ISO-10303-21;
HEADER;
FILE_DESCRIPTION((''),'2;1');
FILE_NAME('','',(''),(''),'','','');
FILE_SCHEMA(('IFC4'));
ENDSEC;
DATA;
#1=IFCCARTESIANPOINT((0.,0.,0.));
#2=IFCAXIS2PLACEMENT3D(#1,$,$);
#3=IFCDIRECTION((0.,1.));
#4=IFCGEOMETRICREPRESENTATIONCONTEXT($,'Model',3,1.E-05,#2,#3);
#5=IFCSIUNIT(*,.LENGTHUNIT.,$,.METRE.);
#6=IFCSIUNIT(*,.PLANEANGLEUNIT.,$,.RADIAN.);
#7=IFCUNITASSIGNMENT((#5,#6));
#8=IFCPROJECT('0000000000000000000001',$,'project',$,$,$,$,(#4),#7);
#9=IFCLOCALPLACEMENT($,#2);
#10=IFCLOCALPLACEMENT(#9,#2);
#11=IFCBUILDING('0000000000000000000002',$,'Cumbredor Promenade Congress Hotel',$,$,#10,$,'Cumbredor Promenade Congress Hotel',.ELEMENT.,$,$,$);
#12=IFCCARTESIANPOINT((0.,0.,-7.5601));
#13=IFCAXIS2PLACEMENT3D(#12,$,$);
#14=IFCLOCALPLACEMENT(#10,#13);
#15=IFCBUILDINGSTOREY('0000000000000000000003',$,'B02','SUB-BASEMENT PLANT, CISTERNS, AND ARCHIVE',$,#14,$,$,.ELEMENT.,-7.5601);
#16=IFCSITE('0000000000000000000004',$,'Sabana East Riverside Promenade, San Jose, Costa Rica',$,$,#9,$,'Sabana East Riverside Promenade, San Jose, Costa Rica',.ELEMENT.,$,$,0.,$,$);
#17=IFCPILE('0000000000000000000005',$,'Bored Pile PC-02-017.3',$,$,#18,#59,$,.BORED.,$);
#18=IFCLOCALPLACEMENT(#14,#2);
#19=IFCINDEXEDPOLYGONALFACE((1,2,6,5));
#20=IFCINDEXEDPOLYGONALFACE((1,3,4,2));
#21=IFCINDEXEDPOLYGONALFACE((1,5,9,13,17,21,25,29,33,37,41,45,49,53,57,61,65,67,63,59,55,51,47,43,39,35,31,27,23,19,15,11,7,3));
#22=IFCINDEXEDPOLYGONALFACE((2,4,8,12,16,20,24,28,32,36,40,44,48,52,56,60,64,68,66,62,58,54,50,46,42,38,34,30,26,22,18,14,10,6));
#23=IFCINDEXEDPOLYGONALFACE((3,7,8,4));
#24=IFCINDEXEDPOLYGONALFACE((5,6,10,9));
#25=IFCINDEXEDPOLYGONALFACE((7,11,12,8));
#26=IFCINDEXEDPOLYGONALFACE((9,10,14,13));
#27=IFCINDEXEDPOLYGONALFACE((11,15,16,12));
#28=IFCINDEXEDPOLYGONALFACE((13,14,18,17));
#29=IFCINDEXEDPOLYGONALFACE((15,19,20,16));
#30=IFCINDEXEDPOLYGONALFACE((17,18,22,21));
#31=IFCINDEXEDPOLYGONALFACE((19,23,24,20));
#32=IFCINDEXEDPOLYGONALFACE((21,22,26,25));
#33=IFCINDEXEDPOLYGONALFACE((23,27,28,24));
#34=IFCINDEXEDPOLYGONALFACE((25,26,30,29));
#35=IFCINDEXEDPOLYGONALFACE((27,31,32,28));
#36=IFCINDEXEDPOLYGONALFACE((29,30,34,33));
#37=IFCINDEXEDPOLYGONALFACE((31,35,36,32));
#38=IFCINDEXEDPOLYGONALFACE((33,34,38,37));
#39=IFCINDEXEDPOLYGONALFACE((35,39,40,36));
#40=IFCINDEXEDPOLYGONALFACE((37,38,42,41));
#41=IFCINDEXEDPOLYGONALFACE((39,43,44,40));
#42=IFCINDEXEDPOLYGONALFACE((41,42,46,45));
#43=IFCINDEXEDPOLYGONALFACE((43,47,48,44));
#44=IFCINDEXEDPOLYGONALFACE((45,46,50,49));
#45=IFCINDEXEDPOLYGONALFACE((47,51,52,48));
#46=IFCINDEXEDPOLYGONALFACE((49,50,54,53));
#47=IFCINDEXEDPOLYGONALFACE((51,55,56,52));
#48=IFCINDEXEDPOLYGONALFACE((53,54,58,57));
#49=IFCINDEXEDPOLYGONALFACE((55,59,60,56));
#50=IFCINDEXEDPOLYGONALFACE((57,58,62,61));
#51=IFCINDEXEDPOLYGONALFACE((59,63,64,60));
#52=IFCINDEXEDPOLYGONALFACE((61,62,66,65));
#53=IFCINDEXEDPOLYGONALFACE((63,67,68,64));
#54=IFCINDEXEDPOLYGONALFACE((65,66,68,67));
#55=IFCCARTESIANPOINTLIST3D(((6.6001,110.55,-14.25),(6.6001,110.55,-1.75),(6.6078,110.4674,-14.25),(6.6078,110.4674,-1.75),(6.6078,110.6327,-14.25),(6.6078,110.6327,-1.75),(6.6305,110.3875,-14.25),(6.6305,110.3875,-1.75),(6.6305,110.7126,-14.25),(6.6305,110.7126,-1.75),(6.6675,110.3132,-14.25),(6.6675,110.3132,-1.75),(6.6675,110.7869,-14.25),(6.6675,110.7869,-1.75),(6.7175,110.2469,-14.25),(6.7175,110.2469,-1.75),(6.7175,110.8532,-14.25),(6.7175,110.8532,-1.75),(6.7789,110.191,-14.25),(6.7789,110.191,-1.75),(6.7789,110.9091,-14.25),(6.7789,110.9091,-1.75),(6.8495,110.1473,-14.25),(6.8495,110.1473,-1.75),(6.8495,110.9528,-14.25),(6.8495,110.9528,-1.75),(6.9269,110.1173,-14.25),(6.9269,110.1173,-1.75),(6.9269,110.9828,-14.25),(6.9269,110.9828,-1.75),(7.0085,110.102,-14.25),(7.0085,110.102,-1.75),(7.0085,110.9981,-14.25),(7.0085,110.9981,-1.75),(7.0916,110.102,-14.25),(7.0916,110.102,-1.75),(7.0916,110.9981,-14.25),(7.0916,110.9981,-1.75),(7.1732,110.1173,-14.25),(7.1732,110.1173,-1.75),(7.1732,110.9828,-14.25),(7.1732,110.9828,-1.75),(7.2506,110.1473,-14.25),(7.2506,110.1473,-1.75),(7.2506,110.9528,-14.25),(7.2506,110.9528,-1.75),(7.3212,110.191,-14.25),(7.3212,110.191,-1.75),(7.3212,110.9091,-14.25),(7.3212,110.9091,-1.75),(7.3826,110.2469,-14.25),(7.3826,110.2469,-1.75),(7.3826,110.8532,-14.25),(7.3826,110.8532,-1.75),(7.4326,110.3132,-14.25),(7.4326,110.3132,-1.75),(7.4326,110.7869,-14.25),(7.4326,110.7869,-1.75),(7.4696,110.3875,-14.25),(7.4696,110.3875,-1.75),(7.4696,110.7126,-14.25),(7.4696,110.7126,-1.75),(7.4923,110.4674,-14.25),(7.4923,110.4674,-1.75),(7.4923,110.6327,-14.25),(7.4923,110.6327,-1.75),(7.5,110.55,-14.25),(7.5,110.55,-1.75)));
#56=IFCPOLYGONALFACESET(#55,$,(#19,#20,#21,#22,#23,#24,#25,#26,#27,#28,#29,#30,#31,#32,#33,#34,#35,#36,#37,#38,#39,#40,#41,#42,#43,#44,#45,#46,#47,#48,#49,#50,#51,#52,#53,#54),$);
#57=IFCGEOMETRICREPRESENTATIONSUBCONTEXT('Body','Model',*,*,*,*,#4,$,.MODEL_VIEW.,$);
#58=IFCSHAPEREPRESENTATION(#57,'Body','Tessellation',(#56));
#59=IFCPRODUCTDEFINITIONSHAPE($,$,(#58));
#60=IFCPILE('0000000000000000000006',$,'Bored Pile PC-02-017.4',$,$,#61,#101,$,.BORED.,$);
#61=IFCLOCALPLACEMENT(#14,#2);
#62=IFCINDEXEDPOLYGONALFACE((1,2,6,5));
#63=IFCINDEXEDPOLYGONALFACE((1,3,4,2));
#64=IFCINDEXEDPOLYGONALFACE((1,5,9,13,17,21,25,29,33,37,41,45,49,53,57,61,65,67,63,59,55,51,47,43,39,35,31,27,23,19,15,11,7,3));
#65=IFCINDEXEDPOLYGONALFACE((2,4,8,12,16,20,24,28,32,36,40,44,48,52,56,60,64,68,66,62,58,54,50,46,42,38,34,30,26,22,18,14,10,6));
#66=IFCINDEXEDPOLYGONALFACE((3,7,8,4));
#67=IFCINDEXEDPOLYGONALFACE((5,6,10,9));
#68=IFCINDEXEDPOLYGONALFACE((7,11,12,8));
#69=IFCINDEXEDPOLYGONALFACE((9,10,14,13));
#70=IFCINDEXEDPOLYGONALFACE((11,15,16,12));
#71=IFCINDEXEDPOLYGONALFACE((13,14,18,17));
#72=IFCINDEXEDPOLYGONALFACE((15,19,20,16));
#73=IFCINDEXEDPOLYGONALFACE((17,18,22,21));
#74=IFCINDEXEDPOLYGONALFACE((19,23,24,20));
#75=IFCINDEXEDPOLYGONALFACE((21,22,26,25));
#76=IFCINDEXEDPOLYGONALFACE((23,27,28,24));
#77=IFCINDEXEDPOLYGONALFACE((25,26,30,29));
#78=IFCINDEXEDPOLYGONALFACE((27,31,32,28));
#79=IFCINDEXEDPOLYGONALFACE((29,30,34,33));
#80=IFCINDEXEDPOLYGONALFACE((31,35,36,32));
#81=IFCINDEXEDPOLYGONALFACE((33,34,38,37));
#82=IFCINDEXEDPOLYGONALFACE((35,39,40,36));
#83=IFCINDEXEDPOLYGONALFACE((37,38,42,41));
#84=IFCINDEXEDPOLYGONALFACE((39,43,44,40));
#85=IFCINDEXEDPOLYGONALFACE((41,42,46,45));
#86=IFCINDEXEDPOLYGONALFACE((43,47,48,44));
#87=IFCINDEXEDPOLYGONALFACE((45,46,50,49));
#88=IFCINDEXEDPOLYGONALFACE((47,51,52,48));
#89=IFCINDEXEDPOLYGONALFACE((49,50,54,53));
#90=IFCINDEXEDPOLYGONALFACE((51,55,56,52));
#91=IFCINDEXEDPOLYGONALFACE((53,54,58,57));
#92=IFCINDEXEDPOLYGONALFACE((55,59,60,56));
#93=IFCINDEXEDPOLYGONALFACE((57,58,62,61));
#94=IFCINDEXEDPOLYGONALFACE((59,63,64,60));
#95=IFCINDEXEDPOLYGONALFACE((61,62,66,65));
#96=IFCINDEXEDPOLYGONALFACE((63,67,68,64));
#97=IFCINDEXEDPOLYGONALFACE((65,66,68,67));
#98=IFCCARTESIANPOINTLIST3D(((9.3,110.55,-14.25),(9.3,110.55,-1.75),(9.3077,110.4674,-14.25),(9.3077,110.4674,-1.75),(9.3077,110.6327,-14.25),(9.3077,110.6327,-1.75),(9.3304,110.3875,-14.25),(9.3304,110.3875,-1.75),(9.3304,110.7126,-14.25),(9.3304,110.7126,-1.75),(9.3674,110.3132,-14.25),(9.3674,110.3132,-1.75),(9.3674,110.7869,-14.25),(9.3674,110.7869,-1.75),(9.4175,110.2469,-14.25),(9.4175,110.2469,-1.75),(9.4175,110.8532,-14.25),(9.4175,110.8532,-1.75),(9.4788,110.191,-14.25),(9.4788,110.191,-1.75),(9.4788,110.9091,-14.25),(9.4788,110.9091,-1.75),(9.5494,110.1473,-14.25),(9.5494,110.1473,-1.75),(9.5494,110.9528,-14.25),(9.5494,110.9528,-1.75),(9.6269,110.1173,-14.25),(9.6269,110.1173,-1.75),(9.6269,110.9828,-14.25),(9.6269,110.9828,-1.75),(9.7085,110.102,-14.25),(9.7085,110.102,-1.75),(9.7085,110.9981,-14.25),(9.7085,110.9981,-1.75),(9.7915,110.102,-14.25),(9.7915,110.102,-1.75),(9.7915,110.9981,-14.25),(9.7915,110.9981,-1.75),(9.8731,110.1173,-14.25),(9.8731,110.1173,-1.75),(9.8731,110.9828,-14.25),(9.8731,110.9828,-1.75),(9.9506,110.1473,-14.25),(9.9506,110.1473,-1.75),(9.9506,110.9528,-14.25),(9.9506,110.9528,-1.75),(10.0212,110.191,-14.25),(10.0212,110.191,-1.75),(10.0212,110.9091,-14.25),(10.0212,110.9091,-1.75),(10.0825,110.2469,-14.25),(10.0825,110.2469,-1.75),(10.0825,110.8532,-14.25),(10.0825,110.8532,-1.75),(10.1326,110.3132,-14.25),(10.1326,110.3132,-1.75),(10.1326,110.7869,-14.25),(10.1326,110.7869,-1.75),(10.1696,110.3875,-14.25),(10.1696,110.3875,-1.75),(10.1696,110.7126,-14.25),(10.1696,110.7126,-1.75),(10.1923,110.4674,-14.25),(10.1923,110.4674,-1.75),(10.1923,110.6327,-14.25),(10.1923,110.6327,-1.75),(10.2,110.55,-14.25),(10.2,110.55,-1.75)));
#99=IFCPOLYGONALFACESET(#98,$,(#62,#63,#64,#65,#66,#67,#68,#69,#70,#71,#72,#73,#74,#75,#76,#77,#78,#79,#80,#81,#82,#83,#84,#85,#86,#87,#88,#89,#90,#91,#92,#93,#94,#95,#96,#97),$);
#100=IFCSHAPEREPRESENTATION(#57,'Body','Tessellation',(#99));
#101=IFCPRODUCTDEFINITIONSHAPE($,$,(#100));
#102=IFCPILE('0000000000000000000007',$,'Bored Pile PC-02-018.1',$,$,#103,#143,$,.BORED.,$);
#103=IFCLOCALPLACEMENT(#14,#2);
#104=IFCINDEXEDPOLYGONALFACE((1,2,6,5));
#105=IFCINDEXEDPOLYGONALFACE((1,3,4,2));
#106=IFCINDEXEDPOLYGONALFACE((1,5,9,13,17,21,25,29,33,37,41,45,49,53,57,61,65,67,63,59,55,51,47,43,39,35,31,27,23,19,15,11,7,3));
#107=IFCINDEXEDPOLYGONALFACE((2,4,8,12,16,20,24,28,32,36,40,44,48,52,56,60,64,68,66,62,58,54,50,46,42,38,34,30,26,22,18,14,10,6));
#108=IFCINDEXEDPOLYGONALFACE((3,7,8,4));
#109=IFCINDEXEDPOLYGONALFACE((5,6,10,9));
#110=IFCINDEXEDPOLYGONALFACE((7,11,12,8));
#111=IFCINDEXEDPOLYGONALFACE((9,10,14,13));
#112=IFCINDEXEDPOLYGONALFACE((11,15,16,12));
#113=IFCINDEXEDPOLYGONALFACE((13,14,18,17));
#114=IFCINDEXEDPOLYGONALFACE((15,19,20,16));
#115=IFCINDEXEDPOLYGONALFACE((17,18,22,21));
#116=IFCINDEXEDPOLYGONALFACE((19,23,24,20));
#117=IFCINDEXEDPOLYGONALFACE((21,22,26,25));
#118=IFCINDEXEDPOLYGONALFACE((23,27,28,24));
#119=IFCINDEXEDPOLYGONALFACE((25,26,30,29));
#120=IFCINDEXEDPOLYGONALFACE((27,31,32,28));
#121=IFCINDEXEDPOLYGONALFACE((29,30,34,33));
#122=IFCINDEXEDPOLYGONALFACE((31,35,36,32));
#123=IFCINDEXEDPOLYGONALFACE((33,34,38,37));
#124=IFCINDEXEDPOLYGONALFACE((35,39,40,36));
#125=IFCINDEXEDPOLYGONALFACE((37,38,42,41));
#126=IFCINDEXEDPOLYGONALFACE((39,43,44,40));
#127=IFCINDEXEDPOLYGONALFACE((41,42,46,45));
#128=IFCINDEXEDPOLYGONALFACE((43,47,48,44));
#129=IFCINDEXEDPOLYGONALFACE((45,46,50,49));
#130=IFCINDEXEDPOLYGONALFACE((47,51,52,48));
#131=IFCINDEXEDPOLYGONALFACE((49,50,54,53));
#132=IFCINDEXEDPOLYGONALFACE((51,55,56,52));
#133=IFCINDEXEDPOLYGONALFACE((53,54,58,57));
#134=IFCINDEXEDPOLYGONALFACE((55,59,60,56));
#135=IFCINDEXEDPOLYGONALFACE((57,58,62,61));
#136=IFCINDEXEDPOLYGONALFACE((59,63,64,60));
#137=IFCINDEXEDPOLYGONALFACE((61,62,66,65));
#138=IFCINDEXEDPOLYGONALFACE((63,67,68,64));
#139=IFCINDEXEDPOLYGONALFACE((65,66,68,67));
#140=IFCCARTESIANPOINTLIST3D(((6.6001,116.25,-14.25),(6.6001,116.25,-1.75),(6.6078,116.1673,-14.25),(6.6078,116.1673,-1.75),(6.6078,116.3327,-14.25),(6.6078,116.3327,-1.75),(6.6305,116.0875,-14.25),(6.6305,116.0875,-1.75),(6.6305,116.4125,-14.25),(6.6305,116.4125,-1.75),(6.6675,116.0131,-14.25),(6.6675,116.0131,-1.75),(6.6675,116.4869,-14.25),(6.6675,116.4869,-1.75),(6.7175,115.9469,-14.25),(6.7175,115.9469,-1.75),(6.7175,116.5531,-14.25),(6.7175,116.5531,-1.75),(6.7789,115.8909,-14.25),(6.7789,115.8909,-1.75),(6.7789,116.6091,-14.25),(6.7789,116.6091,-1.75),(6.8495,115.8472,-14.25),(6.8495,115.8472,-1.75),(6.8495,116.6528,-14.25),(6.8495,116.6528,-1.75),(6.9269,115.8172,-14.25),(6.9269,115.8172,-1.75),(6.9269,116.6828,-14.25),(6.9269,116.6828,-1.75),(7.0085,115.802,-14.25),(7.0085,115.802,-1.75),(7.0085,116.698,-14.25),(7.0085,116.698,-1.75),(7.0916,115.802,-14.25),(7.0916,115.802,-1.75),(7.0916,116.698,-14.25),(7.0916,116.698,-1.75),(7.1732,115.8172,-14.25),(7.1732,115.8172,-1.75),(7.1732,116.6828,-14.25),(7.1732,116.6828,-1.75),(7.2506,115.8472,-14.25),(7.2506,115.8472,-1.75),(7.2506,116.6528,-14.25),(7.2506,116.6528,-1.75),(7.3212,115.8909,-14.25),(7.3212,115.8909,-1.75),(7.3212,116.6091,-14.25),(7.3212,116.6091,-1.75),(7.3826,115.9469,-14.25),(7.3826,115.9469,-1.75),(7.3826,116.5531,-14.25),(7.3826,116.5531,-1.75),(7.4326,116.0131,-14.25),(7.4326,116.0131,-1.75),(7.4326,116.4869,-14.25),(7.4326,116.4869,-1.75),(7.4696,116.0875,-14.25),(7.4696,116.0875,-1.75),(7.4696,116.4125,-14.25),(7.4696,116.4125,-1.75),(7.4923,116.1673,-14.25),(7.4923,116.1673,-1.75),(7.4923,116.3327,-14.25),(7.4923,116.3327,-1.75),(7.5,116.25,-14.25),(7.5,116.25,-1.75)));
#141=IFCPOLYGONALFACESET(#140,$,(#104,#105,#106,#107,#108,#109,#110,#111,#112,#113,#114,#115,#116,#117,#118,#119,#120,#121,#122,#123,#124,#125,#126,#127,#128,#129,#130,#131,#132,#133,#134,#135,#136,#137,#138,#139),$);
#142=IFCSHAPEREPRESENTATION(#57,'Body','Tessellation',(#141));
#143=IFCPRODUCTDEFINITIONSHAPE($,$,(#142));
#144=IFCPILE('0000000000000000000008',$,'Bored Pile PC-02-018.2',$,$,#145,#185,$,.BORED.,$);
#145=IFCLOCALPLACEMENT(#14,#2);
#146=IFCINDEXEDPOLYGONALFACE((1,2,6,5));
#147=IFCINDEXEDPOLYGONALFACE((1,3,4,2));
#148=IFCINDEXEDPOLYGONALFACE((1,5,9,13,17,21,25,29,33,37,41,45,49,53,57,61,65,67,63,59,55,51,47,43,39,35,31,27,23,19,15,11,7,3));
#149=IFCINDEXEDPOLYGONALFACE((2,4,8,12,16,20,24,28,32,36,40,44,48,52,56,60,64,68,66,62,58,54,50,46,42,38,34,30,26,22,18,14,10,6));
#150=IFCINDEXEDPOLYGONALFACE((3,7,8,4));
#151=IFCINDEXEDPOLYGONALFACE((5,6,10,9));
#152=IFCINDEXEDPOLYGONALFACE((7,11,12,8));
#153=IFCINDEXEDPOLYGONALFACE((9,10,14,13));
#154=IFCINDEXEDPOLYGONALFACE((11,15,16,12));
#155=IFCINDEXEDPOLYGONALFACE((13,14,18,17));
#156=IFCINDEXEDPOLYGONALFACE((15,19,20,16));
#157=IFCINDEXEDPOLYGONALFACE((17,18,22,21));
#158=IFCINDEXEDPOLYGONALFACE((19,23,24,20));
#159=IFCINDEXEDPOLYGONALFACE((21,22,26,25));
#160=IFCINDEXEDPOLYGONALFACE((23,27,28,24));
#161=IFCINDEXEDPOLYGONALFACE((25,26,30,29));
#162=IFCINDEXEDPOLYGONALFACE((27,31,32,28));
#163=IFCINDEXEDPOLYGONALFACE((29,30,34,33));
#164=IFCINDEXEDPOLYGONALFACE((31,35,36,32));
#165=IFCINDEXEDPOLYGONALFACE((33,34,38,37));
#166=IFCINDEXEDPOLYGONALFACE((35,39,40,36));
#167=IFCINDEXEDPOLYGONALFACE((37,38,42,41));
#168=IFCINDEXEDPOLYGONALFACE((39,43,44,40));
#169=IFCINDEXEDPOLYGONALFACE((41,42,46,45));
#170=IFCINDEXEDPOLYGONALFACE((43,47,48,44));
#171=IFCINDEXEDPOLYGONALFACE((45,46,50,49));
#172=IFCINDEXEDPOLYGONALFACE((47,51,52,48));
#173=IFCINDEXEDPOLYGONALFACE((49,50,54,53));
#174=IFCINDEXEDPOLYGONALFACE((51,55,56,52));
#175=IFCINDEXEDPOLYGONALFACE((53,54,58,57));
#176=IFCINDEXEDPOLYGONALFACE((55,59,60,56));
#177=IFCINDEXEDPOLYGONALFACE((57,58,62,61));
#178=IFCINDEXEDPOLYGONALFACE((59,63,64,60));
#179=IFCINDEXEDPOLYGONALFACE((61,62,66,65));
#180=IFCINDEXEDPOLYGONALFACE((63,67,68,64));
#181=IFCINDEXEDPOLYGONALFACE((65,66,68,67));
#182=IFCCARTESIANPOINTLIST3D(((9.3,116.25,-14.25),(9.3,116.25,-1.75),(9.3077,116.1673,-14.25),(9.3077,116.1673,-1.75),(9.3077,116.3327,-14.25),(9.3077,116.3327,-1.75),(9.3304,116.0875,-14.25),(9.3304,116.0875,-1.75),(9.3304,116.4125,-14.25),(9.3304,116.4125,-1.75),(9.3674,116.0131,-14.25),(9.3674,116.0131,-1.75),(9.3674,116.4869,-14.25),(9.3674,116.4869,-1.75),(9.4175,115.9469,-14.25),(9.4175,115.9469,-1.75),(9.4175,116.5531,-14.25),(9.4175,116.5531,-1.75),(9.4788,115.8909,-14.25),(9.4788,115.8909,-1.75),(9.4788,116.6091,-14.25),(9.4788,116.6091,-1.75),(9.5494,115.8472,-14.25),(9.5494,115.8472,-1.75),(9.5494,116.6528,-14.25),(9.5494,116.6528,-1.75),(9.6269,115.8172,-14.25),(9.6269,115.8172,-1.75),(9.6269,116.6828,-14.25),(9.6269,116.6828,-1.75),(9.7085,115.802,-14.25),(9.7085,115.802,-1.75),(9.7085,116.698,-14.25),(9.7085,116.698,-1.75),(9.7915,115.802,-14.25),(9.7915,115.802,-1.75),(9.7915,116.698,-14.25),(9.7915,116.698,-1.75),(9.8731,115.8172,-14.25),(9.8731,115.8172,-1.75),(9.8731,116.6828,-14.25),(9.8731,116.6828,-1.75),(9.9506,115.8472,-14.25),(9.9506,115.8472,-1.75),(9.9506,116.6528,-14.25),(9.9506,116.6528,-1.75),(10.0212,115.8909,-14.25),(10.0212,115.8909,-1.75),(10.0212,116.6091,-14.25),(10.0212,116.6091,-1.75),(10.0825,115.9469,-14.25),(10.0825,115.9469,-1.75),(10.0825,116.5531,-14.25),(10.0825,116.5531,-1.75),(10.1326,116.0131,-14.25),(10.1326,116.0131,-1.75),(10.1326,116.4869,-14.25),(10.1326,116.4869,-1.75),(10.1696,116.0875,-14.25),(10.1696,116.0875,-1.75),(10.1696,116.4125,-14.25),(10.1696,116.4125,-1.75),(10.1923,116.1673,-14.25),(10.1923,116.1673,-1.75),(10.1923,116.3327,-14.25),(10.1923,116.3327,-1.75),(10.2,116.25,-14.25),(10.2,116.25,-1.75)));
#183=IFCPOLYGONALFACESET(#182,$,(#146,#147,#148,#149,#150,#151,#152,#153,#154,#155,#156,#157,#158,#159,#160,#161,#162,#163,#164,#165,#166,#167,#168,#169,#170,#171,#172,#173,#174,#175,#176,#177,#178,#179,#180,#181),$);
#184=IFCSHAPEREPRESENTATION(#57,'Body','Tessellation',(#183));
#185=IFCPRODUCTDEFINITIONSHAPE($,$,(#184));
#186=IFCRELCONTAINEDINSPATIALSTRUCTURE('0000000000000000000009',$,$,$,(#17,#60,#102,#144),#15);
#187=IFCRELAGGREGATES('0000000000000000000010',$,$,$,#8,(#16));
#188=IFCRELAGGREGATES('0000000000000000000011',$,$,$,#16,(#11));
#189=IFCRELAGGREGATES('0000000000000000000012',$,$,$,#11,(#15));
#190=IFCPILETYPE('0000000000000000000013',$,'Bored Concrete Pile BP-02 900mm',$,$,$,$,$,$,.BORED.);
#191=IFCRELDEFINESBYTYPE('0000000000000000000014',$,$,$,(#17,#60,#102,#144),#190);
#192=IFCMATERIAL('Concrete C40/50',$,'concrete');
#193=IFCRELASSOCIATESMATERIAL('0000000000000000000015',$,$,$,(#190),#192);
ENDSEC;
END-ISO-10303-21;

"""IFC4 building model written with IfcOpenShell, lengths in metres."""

from ifc_helpers import new_model, si_unit, direction, frame, origin, origin_2d, place, context, subcontext, project, spatial, circle, extrude, material, material_profile, profile_set, type_object, element, save


model = new_model("IFC4")

# Units and contexts
model_context = context("Model", 3, precision=1e-05, world=origin(), true_north=direction((0.0, 1.0)))
body_context = subcontext(model_context, "Body", "Model", "MODEL_VIEW")
ifc_project = project(units=[si_unit("LENGTHUNIT", "METRE"), si_unit("PLANEANGLEUNIT", "RADIAN")], contexts=[model_context])

# Site, building, storey
site_placement = place(None, origin())
site = spatial("IfcSite", under=ifc_project, at=site_placement, Name="Sabana East Riverside Promenade, San Jose, Costa Rica", LongName="Sabana East Riverside Promenade, San Jose, Costa Rica", CompositionType="ELEMENT", RefElevation=0.0)
building_placement = place(site_placement, origin())
building = spatial("IfcBuilding", under=site, at=building_placement, Name="Cumbredor Promenade Congress Hotel", LongName="Cumbredor Promenade Congress Hotel", CompositionType="ELEMENT")
storey_placement = place(building_placement, frame((0.0, 0.0, -7.5601)))
storey = spatial("IfcBuildingStorey", under=building, at=storey_placement, Name="B02", Description="SUB-BASEMENT PLANT, CISTERNS, AND ARCHIVE", CompositionType="ELEMENT", Elevation=-7.5601)

# Piles
ifc_material_1 = material(Name="Concrete C40/50", Category="concrete")
ifc_material_profile_1 = material_profile(ifc_material_1, circle(Radius=0.45, at=origin_2d()), Name="PILE D900")
ifc_profile_set_1 = profile_set([ifc_material_profile_1], Name="Concrete C40/50")
pile_type_1 = type_object("IfcPileType", Name="Bored Concrete Pile BP-02 900mm", PredefinedType="BORED", material=ifc_profile_set_1)
for number, where, z_axis, x_axis, name in (
    (1, (7.05, 110.55, -1.75), (0.0, 0.0, -1.0), (1.0, 0.0, 0.0), "Bored Pile PC-02-017.3"),
    (2, (9.75, 110.55, -1.75), (0.0, 0.0, -1.0), (1.0, 0.0, 0.0), "Bored Pile PC-02-017.4"),
    (3, (7.05, 116.25, -1.75), (0.0, 0.0, -1.0), (1.0, 0.0, 0.0), "Bored Pile PC-02-018.1"),
    (4, (9.75, 116.25, -1.75), (0.0, 0.0, -1.0), (1.0, 0.0, 0.0), "Bored Pile PC-02-018.2"),
):
    element("IfcPile", number, at=place(storey_placement, frame(where, z_axis=z_axis, x_axis=x_axis)), inside=storey, type_object=pile_type_1, Name=name, PredefinedType="BORED", context=body_context, shape_type="SweptSolid", body=[
        extrude(circle(Radius=0.45, at=origin_2d()), origin(), (0.0, 0.0, 1.0), 12.5),
    ])

save(model, "model.ifc")
